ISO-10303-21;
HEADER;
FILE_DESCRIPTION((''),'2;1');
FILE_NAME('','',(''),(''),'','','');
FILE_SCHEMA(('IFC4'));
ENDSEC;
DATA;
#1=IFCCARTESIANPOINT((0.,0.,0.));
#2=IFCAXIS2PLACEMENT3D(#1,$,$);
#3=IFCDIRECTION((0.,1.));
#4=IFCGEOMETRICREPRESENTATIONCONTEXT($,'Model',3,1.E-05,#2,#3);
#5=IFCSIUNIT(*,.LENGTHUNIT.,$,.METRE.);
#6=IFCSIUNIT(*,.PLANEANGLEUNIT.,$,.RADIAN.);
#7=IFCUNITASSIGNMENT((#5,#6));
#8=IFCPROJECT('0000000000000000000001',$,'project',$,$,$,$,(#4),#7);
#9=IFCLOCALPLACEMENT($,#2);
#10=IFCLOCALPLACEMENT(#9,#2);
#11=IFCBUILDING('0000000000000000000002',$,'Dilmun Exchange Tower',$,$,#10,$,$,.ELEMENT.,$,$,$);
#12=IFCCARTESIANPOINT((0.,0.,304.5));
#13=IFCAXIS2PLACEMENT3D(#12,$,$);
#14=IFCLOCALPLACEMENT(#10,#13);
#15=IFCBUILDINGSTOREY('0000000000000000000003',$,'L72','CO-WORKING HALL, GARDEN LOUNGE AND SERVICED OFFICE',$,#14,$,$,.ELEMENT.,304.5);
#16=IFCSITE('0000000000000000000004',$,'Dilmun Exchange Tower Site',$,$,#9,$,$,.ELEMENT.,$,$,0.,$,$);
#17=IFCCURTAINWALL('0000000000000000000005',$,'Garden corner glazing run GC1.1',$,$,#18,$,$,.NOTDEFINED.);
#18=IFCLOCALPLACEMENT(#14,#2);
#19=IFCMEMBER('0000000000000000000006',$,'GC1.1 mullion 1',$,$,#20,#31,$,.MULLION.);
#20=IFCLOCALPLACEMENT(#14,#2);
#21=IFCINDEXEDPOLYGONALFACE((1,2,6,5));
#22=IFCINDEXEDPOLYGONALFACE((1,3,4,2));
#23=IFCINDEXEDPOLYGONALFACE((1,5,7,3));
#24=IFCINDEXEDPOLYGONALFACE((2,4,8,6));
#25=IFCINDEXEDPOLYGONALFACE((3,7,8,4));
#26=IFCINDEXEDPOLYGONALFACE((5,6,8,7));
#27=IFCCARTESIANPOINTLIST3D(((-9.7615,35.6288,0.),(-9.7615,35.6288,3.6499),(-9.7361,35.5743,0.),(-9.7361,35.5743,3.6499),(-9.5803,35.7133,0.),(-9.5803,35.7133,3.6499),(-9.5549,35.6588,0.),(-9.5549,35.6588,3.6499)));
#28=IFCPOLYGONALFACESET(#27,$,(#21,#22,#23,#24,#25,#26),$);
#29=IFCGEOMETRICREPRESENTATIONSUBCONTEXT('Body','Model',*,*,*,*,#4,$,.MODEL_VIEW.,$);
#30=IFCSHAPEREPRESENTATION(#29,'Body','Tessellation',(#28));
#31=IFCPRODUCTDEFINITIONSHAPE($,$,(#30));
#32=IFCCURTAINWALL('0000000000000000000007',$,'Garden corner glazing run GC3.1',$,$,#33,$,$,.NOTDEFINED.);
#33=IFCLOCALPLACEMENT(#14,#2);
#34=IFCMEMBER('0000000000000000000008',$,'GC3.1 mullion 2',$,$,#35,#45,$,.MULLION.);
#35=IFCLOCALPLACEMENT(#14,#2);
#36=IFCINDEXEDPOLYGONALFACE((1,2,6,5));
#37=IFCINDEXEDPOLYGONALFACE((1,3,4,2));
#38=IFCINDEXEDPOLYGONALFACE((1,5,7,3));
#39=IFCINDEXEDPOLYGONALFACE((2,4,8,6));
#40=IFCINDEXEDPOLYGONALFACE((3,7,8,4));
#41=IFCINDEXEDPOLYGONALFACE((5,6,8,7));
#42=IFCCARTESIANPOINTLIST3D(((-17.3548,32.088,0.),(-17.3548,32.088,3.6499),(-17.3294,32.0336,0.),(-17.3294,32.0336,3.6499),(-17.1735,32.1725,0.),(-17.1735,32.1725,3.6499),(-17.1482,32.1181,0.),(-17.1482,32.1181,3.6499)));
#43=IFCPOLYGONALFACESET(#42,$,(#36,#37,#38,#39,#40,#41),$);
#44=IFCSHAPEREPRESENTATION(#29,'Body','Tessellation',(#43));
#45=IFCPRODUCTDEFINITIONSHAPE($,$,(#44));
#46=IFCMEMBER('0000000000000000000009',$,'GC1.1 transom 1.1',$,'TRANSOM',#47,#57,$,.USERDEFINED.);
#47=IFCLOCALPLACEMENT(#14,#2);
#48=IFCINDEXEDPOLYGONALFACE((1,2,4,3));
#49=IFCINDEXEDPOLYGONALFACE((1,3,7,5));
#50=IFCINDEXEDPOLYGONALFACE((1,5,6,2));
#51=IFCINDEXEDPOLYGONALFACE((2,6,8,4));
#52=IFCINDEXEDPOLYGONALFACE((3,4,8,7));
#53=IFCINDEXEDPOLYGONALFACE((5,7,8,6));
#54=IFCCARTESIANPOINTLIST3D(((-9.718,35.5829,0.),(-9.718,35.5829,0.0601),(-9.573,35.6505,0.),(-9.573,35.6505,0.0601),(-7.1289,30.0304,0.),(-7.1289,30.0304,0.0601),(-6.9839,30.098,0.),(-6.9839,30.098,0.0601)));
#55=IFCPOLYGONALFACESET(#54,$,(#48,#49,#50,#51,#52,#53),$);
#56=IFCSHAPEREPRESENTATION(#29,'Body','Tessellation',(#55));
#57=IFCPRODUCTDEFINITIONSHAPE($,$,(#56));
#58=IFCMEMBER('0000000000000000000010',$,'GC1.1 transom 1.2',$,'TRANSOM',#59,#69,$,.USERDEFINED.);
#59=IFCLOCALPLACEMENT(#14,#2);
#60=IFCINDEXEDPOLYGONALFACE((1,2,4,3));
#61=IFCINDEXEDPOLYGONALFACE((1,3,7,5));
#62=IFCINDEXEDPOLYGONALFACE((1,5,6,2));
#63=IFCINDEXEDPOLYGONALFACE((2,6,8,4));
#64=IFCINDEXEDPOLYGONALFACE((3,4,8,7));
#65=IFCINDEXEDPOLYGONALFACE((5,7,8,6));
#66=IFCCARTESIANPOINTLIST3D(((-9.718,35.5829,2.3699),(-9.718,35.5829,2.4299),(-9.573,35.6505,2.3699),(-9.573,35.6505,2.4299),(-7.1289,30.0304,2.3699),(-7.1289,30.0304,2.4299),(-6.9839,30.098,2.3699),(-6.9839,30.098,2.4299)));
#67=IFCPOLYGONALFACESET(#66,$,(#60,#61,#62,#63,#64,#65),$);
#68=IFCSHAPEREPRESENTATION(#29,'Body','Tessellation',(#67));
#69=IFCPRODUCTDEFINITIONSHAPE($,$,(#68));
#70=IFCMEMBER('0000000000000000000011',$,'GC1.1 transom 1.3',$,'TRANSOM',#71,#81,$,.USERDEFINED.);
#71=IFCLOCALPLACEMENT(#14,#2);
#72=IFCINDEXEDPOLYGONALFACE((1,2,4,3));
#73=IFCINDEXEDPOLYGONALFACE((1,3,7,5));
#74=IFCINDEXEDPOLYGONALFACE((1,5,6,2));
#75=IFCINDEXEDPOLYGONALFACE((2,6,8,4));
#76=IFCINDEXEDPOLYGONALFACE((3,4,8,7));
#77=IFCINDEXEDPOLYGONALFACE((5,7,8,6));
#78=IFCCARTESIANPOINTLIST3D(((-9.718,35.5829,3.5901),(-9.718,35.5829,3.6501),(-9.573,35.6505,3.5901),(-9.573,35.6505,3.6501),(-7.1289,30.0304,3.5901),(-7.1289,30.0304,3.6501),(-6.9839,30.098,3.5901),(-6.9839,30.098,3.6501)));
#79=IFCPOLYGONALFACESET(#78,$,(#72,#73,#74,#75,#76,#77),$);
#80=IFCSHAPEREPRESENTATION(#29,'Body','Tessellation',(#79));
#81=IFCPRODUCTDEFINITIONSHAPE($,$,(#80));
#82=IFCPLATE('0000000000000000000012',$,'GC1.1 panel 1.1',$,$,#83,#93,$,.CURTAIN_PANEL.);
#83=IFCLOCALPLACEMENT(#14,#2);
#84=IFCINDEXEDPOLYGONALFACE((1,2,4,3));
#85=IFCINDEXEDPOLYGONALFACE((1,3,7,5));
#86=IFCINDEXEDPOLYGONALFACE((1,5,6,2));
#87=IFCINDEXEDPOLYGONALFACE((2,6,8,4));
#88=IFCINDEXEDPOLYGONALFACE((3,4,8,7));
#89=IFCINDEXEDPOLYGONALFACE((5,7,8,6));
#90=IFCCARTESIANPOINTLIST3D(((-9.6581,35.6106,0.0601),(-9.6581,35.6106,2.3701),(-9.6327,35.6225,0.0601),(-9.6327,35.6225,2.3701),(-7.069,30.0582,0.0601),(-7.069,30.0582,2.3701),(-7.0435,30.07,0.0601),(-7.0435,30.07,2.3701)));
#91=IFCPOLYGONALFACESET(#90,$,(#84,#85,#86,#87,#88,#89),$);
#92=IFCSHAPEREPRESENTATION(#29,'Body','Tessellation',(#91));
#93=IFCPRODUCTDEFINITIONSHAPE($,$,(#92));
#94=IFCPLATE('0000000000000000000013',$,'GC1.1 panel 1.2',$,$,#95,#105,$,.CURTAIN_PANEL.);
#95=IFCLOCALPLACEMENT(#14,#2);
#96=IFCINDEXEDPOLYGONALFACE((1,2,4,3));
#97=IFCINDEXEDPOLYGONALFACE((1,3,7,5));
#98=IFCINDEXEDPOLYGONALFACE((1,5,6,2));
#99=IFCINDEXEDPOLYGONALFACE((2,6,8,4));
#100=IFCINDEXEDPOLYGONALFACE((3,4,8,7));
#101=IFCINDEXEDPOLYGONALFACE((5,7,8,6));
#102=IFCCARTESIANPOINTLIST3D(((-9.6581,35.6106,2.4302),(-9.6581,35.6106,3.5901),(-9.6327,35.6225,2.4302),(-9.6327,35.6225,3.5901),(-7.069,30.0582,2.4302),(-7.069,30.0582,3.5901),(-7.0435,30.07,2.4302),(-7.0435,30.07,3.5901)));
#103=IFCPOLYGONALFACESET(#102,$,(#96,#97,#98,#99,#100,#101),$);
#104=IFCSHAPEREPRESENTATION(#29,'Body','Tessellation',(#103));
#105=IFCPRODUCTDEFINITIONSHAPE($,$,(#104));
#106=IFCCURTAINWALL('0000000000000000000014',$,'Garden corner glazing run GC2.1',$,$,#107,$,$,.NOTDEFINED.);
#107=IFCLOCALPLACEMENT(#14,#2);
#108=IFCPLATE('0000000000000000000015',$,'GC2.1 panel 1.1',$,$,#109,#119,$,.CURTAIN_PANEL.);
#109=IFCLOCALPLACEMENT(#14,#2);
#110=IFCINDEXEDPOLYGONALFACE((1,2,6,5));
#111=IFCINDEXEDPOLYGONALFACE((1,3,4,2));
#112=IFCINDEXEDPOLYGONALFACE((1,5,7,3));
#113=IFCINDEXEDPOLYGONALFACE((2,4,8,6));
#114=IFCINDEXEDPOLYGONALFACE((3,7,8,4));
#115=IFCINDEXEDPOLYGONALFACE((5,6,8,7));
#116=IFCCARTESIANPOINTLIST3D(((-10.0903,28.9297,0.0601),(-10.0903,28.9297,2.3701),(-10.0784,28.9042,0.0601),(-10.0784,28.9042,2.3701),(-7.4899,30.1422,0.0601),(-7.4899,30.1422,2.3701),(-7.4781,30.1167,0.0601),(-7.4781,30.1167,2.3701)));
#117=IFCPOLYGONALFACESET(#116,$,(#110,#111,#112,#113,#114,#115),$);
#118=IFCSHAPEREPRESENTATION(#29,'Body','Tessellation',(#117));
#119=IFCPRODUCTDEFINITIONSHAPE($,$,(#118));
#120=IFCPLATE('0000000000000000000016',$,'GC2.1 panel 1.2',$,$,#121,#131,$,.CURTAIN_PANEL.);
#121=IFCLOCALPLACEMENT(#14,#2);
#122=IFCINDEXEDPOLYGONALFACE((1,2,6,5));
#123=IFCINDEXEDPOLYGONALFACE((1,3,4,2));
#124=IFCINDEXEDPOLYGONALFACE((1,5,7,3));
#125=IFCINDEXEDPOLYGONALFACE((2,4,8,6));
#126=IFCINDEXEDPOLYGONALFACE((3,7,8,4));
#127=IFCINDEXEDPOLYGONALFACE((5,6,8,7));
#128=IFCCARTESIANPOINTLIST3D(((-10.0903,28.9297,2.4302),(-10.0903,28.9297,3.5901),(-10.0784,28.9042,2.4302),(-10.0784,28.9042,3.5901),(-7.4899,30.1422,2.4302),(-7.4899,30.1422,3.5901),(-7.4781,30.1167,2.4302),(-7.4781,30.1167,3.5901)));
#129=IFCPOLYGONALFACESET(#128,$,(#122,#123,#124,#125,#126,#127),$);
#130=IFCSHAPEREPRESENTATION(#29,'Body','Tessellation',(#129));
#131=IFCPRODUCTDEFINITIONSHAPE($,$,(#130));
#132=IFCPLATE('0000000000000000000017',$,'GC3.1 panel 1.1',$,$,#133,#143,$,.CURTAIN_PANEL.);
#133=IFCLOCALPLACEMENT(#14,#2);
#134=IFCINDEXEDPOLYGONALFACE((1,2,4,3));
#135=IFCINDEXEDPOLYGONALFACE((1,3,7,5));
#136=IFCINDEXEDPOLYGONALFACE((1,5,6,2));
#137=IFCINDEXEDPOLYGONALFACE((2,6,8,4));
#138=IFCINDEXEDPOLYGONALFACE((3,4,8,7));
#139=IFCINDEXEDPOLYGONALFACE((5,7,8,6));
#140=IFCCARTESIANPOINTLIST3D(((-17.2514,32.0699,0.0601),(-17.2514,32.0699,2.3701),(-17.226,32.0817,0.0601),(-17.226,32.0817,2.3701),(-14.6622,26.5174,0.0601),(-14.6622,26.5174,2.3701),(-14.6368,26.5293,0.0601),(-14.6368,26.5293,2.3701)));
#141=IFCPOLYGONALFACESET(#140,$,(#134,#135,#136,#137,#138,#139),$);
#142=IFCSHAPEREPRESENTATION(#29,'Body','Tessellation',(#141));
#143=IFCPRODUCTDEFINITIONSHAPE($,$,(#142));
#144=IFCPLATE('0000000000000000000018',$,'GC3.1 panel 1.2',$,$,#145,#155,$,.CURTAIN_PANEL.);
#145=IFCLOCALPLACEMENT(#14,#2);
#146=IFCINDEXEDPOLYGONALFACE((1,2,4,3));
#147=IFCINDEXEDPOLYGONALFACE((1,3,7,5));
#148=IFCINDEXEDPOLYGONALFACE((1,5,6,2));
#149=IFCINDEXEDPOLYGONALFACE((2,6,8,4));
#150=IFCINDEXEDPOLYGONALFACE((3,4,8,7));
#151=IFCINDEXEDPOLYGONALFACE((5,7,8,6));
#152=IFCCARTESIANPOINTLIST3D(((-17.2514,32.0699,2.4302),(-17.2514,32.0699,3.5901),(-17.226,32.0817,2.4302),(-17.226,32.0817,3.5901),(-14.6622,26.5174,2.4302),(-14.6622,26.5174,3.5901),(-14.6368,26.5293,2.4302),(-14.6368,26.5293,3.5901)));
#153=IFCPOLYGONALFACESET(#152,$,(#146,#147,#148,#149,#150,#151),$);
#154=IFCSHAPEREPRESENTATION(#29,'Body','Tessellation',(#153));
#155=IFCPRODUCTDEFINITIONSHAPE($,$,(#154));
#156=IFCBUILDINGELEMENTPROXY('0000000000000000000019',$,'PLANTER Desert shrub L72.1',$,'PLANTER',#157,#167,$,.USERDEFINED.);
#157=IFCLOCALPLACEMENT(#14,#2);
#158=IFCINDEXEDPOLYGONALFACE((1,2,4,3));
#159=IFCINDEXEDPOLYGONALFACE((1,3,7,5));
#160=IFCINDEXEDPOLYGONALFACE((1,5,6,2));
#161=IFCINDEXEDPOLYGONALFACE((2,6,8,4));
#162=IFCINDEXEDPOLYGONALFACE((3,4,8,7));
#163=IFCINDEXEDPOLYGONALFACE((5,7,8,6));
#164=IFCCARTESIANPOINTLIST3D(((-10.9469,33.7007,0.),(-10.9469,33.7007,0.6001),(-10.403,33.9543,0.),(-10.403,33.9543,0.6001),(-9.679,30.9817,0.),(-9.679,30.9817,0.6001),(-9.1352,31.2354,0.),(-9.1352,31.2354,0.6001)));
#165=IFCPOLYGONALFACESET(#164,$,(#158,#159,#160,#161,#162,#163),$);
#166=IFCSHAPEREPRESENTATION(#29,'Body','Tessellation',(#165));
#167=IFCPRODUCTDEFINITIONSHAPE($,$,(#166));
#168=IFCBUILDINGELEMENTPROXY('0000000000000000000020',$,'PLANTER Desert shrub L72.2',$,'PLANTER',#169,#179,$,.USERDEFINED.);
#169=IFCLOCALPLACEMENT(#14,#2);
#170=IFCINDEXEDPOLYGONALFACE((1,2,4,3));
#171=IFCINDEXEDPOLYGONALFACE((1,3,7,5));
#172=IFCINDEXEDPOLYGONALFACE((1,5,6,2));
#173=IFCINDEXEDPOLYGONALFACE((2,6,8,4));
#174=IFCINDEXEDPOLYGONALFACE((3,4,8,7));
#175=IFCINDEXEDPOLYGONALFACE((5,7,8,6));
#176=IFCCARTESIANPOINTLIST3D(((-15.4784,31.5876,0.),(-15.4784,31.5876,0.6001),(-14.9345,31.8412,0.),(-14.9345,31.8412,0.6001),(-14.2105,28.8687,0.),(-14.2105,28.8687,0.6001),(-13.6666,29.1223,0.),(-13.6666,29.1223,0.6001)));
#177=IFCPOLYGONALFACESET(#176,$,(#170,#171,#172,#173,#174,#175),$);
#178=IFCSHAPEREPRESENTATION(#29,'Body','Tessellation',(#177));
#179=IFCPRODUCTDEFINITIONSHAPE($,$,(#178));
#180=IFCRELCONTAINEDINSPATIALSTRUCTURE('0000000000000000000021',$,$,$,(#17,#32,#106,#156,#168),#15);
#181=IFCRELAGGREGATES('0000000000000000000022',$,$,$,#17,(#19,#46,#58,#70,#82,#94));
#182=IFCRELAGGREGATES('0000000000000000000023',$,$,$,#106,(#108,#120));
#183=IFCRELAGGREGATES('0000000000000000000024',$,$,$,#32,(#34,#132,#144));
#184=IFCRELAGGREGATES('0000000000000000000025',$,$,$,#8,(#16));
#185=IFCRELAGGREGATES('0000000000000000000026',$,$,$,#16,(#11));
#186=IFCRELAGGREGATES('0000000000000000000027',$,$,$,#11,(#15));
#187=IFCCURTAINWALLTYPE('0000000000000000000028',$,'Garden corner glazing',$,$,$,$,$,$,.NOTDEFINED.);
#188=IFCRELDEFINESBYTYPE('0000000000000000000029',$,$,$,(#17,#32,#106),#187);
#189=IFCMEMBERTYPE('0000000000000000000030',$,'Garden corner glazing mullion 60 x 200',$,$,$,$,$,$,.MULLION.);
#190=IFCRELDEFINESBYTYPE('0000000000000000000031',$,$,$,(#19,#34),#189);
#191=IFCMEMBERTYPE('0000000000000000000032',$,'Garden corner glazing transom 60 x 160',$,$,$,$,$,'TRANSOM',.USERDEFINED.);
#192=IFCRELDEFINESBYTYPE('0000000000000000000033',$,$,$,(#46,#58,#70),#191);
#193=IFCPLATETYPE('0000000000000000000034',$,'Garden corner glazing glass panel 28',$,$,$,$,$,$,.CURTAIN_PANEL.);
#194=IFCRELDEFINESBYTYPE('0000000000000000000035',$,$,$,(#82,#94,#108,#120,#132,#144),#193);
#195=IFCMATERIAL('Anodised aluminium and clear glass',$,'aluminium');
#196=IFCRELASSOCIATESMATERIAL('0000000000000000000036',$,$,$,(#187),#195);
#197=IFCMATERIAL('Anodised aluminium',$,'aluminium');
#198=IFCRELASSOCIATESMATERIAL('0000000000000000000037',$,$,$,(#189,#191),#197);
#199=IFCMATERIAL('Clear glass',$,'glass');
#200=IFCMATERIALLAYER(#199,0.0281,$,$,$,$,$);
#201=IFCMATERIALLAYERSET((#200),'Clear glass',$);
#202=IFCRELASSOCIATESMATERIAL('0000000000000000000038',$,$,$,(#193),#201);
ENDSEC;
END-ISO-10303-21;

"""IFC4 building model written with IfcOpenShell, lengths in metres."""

from ifc_helpers import new_model, si_unit, direction, frame, origin, origin_2d, place, context, subcontext, project, spatial, rectangle, extrude, material, layer, layer_set, material_profile, profile_set, type_object, element, aggregate, save


model = new_model("IFC4")

# Units and contexts
model_context = context("Model", 3, precision=1e-05, world=origin(), true_north=direction((0.0, 1.0)))
body_context = subcontext(model_context, "Body", "Model", "MODEL_VIEW")
ifc_project = project(units=[si_unit("LENGTHUNIT", "METRE"), si_unit("PLANEANGLEUNIT", "RADIAN")], contexts=[model_context])

# Site, building, storey
site_placement = place(None, origin())
site = spatial("IfcSite", under=ifc_project, at=site_placement, Name="Dilmun Exchange Tower Site", CompositionType="ELEMENT", RefElevation=0.0)
building_placement = place(site_placement, origin())
building = spatial("IfcBuilding", under=site, at=building_placement, Name="Dilmun Exchange Tower", CompositionType="ELEMENT")
storey_placement = place(building_placement, frame((0.0, 0.0, 304.5)))
storey = spatial("IfcBuildingStorey", under=building, at=storey_placement, Name="L72", Description="CO-WORKING HALL, GARDEN LOUNGE AND SERVICED OFFICE", CompositionType="ELEMENT", Elevation=304.5)

# Curtain walls, members
ifc_material_1 = material(Name="Anodised aluminium and clear glass", Category="aluminium")
curtain_wall_type = type_object("IfcCurtainWallType", Name="Garden corner glazing", PredefinedType="NOTDEFINED", material=ifc_material_1)
curtain_wall_1_placement = place(storey_placement, origin())
curtain_wall_1 = element("IfcCurtainWall", 1, at=curtain_wall_1_placement, inside=storey, type_object=curtain_wall_type, Name="Garden corner glazing run GC1.1", PredefinedType="NOTDEFINED")
ifc_material_2 = material(Name="Anodised aluminium", Category="aluminium")
ifc_material_profile_1 = material_profile(ifc_material_2, rectangle(XDim=0.2, YDim=0.0601, at=origin_2d()), Name="AL 60x200")
ifc_profile_set_1 = profile_set([ifc_material_profile_1], Name="Anodised aluminium")
member_type_1 = type_object("IfcMemberType", Name="Garden corner glazing mullion 60 x 200", PredefinedType="MULLION", material=ifc_profile_set_1)
member_1_placement = place(storey_placement, frame((-9.6582, 35.6438, 0.0), z_axis=(0.0, 0.0, 1.0), x_axis=(0.906305, 0.422623, 0.0)))
member_1 = element("IfcMember", 2, at=member_1_placement, type_object=member_type_1, Name="GC1.1 mullion 1", PredefinedType="MULLION", context=body_context, shape_type="SweptSolid", body=[
    extrude(rectangle(XDim=0.2, YDim=0.0601, at=origin_2d()), origin(), (0.0, 0.0, 1.0), 3.6499),
])
curtain_wall_2_placement = place(storey_placement, origin())
curtain_wall_2 = element("IfcCurtainWall", 3, at=curtain_wall_2_placement, inside=storey, type_object=curtain_wall_type, Name="Garden corner glazing run GC3.1", PredefinedType="NOTDEFINED")
member_2_placement = place(storey_placement, frame((-17.2515, 32.103, 0.0), z_axis=(0.0, 0.0, 1.0), x_axis=(-0.906305, -0.422623, 0.0)))
member_2 = element("IfcMember", 4, at=member_2_placement, type_object=member_type_1, Name="GC3.1 mullion 2", PredefinedType="MULLION", context=body_context, shape_type="SweptSolid", body=[
    extrude(rectangle(XDim=0.2, YDim=0.0601, at=origin_2d()), origin(), (0.0, 0.0, 1.0), 3.6499),
])

# Members
ifc_material_profile_2 = material_profile(ifc_material_2, rectangle(XDim=0.1599, YDim=0.0601, at=origin_2d()), Name="AL 60x160")
ifc_profile_set_2 = profile_set([ifc_material_profile_2], Name="Anodised aluminium")
member_type_2 = type_object("IfcMemberType", Name="Garden corner glazing transom 60 x 160", ElementType="TRANSOM", PredefinedType="USERDEFINED", material=ifc_profile_set_2)
member_3_placement = place(storey_placement, frame((-9.6455, 35.6167, 0.03), z_axis=(0.422611, -0.906311, 0.0), x_axis=(0.906311, 0.422611, 0.0)))
member_3 = element("IfcMember", 5, at=member_3_placement, type_object=member_type_2, Name="GC1.1 transom 1.1", ObjectType="TRANSOM", PredefinedType="USERDEFINED", context=body_context, shape_type="SweptSolid", body=[
    extrude(rectangle(XDim=0.1599, YDim=0.0601, at=origin_2d()), origin(), (0.0, 0.0, 1.0), 6.1265),
])
member_4_placement = place(storey_placement, frame((-9.6455, 35.6167, 2.3999), z_axis=(0.422611, -0.906311, 0.0), x_axis=(0.906311, 0.422611, 0.0)))
member_4 = element("IfcMember", 6, at=member_4_placement, type_object=member_type_2, Name="GC1.1 transom 1.2", ObjectType="TRANSOM", PredefinedType="USERDEFINED", context=body_context, shape_type="SweptSolid", body=[
    extrude(rectangle(XDim=0.1599, YDim=0.0601, at=origin_2d()), origin(), (0.0, 0.0, 1.0), 6.1265),
])
member_5_placement = place(storey_placement, frame((-9.6455, 35.6167, 3.6201), z_axis=(0.422611, -0.906311, 0.0), x_axis=(0.906311, 0.422611, 0.0)))
member_5 = element("IfcMember", 7, at=member_5_placement, type_object=member_type_2, Name="GC1.1 transom 1.3", ObjectType="TRANSOM", PredefinedType="USERDEFINED", context=body_context, shape_type="SweptSolid", body=[
    extrude(rectangle(XDim=0.1599, YDim=0.0601, at=origin_2d()), origin(), (0.0, 0.0, 1.0), 6.1265),
])

# Plates
ifc_material_3 = material(Name="Clear glass", Category="glass")
ifc_layer_1 = layer(ifc_material_3, 0.0281)
ifc_layer_set_1 = layer_set([ifc_layer_1], Name="Clear glass")
plate_type = type_object("IfcPlateType", Name="Garden corner glazing glass panel 28", PredefinedType="CURTAIN_PANEL", material=ifc_layer_set_1)
plate_1_placement = place(storey_placement, frame((-8.3508, 32.8403, 0.0601), z_axis=(0.0, 0.0, 1.0), x_axis=(0.422623, -0.906305, 0.0)))
plate_1 = element("IfcPlate", 8, at=plate_1_placement, type_object=plate_type, Name="GC1.1 panel 1.1", PredefinedType="CURTAIN_PANEL", context=body_context, shape_type="SweptSolid", body=[
    extrude(rectangle(XDim=6.1265, YDim=0.0281, at=origin_2d()), origin(), (0.0, 0.0, 1.0), 2.3101),
])
plate_2_placement = place(storey_placement, frame((-8.3508, 32.8403, 2.4302), z_axis=(0.0, 0.0, 1.0), x_axis=(0.422623, -0.906305, 0.0)))
plate_2 = element("IfcPlate", 9, at=plate_2_placement, type_object=plate_type, Name="GC1.1 panel 1.2", PredefinedType="CURTAIN_PANEL", context=body_context, shape_type="SweptSolid", body=[
    extrude(rectangle(XDim=6.1265, YDim=0.0281, at=origin_2d()), origin(), (0.0, 0.0, 1.0), 1.1599),
])
aggregate(curtain_wall_1, [member_1, member_3, member_4, member_5, plate_1, plate_2])

# Curtain wall, plates
curtain_wall_3_placement = place(storey_placement, origin())
curtain_wall_3 = element("IfcCurtainWall", 10, at=curtain_wall_3_placement, inside=storey, type_object=curtain_wall_type, Name="Garden corner glazing run GC2.1", PredefinedType="NOTDEFINED")
plate_3_placement = place(storey_placement, frame((-8.7842, 29.5232, 0.0601), z_axis=(0.0, 0.0, 1.0), x_axis=(-0.906311, -0.422611, 0.0)))
plate_3 = element("IfcPlate", 11, at=plate_3_placement, type_object=plate_type, Name="GC2.1 panel 1.1", PredefinedType="CURTAIN_PANEL", context=body_context, shape_type="SweptSolid", body=[
    extrude(rectangle(XDim=2.8691, YDim=0.0281, at=origin_2d()), origin(), (0.0, 0.0, 1.0), 2.3101),
])
plate_4_placement = place(storey_placement, frame((-8.7842, 29.5232, 2.4302), z_axis=(0.0, 0.0, 1.0), x_axis=(-0.906311, -0.422611, 0.0)))
plate_4 = element("IfcPlate", 12, at=plate_4_placement, type_object=plate_type, Name="GC2.1 panel 1.2", PredefinedType="CURTAIN_PANEL", context=body_context, shape_type="SweptSolid", body=[
    extrude(rectangle(XDim=2.8691, YDim=0.0281, at=origin_2d()), origin(), (0.0, 0.0, 1.0), 1.1599),
])
aggregate(curtain_wall_3, [plate_3, plate_4])

# Plates
plate_5_placement = place(storey_placement, frame((-15.9441, 29.2996, 0.0601), z_axis=(0.0, 0.0, 1.0), x_axis=(-0.422623, 0.906305, 0.0)))
plate_5 = element("IfcPlate", 13, at=plate_5_placement, type_object=plate_type, Name="GC3.1 panel 1.1", PredefinedType="CURTAIN_PANEL", context=body_context, shape_type="SweptSolid", body=[
    extrude(rectangle(XDim=6.1265, YDim=0.0281, at=origin_2d()), origin(), (0.0, 0.0, 1.0), 2.3101),
])
plate_6_placement = place(storey_placement, frame((-15.9441, 29.2996, 2.4302), z_axis=(0.0, 0.0, 1.0), x_axis=(-0.422623, 0.906305, 0.0)))
plate_6 = element("IfcPlate", 14, at=plate_6_placement, type_object=plate_type, Name="GC3.1 panel 1.2", PredefinedType="CURTAIN_PANEL", context=body_context, shape_type="SweptSolid", body=[
    extrude(rectangle(XDim=6.1265, YDim=0.0281, at=origin_2d()), origin(), (0.0, 0.0, 1.0), 1.1599),
])
aggregate(curtain_wall_2, [member_2, plate_5, plate_6])

# Building element proxies
for number, where, z_axis, x_axis, name in (
    (15, (-10.041, 32.468, 0.0), (0.0, 0.0, 1.0), (-0.422618, 0.906308, 0.0), "PLANTER Desert shrub L72.1"),
    (16, (-14.5725, 30.355, 0.0), (0.0, 0.0, 1.0), (-0.422618, 0.906308, 0.0), "PLANTER Desert shrub L72.2"),
):
    element("IfcBuildingElementProxy", number, at=place(storey_placement, frame(where, z_axis=z_axis, x_axis=x_axis)), inside=storey, Name=name, ObjectType="PLANTER", PredefinedType="USERDEFINED", context=body_context, shape_type="SweptSolid", body=[
        extrude(rectangle(XDim=3.0, YDim=0.6001, at=origin_2d()), origin(), (0.0, 0.0, 1.0), 0.6001),
    ])

save(model, "model.ifc")
